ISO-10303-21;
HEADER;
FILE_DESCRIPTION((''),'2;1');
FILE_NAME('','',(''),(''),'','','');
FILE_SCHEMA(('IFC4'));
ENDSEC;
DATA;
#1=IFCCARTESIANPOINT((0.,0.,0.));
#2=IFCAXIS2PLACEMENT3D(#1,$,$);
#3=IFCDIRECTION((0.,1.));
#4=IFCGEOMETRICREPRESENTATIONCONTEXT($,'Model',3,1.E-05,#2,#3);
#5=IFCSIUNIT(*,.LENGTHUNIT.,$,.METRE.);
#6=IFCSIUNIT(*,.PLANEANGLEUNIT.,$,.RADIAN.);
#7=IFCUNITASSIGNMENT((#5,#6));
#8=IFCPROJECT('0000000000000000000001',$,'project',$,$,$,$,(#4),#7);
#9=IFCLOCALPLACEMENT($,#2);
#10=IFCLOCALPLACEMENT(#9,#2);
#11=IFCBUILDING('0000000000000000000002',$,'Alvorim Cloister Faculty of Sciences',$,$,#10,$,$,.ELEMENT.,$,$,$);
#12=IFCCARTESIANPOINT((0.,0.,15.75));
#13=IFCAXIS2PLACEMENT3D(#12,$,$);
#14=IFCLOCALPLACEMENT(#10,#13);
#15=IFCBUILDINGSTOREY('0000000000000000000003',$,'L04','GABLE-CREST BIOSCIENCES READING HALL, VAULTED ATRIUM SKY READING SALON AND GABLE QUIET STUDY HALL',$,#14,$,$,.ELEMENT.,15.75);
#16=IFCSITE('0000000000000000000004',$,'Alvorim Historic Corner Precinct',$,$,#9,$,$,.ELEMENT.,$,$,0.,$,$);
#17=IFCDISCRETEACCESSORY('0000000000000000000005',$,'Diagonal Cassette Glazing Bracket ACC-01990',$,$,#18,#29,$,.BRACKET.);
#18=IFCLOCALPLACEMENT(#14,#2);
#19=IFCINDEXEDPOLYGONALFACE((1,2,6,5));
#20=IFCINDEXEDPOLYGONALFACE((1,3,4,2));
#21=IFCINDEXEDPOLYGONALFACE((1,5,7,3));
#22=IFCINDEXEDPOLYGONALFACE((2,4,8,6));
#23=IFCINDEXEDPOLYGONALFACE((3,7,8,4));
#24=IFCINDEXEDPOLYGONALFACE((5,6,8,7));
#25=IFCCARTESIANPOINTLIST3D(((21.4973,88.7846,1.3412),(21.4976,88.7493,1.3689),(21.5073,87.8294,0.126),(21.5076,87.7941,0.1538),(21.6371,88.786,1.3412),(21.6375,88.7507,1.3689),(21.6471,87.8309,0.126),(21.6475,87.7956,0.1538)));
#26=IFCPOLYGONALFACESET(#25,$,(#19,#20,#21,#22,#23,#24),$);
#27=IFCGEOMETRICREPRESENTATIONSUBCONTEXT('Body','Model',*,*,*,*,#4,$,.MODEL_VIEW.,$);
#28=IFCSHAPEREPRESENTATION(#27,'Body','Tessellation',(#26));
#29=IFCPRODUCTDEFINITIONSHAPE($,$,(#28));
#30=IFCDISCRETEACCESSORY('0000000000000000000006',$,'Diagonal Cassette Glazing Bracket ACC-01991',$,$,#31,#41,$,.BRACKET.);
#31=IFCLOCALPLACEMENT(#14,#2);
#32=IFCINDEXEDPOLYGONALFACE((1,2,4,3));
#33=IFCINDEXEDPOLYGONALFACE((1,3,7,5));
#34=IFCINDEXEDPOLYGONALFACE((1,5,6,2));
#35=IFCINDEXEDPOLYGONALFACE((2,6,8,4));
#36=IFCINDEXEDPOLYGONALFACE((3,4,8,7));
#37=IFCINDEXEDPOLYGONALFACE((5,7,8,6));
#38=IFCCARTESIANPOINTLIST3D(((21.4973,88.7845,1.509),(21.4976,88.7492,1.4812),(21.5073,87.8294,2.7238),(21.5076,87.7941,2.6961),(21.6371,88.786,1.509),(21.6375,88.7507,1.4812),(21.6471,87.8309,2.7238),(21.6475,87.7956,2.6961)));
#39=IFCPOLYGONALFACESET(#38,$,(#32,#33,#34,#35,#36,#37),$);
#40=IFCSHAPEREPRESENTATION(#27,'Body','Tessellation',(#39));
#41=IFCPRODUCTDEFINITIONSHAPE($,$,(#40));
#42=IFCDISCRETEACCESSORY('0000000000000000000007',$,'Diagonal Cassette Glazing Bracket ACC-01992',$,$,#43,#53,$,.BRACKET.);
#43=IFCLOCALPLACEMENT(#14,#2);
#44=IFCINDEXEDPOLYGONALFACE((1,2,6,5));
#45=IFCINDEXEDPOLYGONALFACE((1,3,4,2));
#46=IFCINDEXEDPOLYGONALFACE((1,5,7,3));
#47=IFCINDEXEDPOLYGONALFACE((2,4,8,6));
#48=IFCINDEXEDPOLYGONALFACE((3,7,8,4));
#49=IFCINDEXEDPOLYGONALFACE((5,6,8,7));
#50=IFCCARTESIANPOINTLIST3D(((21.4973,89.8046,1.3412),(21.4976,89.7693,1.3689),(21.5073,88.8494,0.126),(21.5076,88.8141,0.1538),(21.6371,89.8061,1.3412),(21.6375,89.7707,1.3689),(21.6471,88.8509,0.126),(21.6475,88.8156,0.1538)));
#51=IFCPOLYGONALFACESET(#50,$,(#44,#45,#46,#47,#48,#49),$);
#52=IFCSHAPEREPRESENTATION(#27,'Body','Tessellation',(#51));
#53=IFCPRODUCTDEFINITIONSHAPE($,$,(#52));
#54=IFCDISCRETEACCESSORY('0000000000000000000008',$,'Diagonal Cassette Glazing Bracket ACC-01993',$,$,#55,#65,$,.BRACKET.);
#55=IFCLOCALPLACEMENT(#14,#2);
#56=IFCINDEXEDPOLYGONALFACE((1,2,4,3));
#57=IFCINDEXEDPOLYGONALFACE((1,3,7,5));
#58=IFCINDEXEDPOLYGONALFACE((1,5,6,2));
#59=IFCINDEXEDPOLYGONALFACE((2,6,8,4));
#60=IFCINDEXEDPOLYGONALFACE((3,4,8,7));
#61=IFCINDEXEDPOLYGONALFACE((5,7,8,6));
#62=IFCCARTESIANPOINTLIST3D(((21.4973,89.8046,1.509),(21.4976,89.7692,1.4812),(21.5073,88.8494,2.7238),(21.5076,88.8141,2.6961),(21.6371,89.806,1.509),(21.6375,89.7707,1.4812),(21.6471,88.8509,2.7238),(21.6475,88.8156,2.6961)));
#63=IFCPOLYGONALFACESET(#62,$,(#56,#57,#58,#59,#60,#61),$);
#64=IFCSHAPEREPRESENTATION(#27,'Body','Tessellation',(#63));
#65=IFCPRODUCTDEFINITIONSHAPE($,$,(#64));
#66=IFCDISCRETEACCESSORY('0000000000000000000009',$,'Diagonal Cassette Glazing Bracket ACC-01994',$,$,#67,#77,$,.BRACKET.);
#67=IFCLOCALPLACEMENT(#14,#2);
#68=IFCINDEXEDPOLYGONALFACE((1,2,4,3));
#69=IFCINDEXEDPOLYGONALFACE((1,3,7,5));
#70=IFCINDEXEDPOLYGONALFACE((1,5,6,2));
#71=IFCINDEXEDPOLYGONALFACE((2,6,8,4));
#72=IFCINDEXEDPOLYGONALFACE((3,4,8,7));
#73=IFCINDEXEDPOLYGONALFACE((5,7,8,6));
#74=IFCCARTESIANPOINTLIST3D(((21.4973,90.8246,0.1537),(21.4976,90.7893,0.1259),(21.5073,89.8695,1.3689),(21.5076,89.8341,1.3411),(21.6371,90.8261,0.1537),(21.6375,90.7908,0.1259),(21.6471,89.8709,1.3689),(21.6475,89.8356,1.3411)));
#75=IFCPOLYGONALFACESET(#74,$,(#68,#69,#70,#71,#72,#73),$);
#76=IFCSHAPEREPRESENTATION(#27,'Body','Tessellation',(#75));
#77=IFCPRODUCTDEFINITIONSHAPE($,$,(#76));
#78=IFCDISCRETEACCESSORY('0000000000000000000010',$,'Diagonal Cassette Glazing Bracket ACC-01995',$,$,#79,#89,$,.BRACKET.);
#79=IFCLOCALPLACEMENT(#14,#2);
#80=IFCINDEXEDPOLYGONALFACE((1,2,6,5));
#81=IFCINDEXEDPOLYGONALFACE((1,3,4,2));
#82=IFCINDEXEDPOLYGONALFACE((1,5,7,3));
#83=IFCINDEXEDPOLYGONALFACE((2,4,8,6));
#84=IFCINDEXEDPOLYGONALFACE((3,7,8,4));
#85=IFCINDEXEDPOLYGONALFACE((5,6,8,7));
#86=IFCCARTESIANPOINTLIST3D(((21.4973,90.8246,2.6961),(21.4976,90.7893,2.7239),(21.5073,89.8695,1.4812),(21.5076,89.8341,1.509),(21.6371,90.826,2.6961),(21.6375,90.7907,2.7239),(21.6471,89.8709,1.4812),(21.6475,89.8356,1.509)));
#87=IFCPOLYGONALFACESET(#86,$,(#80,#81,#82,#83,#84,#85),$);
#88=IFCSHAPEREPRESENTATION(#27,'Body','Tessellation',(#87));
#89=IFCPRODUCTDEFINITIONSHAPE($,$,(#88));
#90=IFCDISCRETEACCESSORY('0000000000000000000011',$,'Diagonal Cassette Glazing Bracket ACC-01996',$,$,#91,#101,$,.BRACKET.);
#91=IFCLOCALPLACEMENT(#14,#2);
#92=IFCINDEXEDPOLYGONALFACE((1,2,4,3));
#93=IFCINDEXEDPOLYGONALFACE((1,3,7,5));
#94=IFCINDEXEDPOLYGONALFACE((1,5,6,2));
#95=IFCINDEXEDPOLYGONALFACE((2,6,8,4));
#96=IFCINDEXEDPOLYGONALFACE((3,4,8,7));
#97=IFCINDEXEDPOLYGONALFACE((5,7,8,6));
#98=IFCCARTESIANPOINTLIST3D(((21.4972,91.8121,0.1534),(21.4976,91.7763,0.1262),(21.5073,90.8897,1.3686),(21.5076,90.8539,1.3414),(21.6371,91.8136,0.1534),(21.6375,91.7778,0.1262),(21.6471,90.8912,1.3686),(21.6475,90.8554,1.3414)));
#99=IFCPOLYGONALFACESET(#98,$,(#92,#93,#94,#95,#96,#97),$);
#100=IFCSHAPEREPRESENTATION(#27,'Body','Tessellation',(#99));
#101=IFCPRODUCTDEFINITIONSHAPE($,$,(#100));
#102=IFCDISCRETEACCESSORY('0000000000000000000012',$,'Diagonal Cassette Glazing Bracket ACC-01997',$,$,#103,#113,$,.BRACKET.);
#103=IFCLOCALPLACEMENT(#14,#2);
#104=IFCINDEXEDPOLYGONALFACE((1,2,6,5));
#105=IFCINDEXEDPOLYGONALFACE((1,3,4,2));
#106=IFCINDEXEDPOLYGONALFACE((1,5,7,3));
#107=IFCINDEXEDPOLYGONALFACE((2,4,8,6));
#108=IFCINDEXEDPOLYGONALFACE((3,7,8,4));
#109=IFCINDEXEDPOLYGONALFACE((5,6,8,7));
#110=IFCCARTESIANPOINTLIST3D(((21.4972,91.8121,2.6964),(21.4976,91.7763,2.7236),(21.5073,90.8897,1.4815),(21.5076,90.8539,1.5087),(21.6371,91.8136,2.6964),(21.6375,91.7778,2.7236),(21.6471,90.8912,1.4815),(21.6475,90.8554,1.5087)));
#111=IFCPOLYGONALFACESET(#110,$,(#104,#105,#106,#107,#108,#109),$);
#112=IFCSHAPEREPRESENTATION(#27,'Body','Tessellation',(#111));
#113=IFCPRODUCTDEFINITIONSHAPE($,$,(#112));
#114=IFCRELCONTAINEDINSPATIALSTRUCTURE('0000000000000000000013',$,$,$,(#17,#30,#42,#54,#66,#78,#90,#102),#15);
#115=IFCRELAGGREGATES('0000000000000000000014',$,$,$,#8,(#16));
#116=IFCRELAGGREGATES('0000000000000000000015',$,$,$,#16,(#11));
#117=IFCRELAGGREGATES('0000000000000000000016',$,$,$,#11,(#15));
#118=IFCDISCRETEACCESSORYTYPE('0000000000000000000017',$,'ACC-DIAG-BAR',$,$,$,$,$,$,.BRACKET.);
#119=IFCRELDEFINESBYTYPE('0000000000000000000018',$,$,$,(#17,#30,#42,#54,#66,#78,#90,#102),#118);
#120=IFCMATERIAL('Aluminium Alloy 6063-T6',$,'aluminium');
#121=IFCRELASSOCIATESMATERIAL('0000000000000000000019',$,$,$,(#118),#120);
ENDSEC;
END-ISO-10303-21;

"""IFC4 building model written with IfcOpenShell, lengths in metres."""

from ifc_helpers import new_model, si_unit, direction, frame, origin, origin_2d, place, context, subcontext, project, spatial, rectangle, extrude, material, type_object, element, save


model = new_model("IFC4")

# Units and contexts
model_context = context("Model", 3, precision=1e-05, world=origin(), true_north=direction((0.0, 1.0)))
body_context = subcontext(model_context, "Body", "Model", "MODEL_VIEW")
ifc_project = project(units=[si_unit("LENGTHUNIT", "METRE"), si_unit("PLANEANGLEUNIT", "RADIAN")], contexts=[model_context])

# Site, building, storey
site_placement = place(None, origin())
site = spatial("IfcSite", under=ifc_project, at=site_placement, Name="Alvorim Historic Corner Precinct", CompositionType="ELEMENT", RefElevation=0.0)
building_placement = place(site_placement, origin())
building = spatial("IfcBuilding", under=site, at=building_placement, Name="Alvorim Cloister Faculty of Sciences", CompositionType="ELEMENT")
storey_placement = place(building_placement, frame((0.0, 0.0, 15.75)))
storey = spatial("IfcBuildingStorey", under=building, at=storey_placement, Name="L04", Description="GABLE-CREST BIOSCIENCES READING HALL, VAULTED ATRIUM SKY READING SALON AND GABLE QUIET STUDY HALL", CompositionType="ELEMENT", Elevation=15.75)

# Shared definitions
ifc_material_1 = material(Name="Aluminium Alloy 6063-T6", Category="aluminium")

# Discrete accessories
discrete_accessory_type = type_object("IfcDiscreteAccessoryType", Name="ACC-DIAG-BAR", PredefinedType="BRACKET", material=ifc_material_1)
discrete_accessory_1_placement = place(storey_placement, frame((21.5774, 87.8125, 0.1399), z_axis=(-0.006477, 0.617955, 0.786187), x_axis=(-0.999945, -0.01048, 0.0)))
element("IfcDiscreteAccessory", 1, at=discrete_accessory_1_placement, inside=storey, type_object=discrete_accessory_type, Name="Diagonal Cassette Glazing Bracket ACC-01990", PredefinedType="BRACKET", context=body_context, shape_type="SweptSolid", body=[
    extrude(rectangle(XDim=0.1399, YDim=0.0449, at=origin_2d()), origin(), (0.0, 0.0, 1.0), 1.5457),
])
discrete_accessory_2_placement = place(storey_placement, frame((21.5774, 87.8125, 2.71), z_axis=(-0.006477, 0.618032, -0.786126), x_axis=(-0.999945, -0.01048, 0.0)))
element("IfcDiscreteAccessory", 2, at=discrete_accessory_2_placement, inside=storey, type_object=discrete_accessory_type, Name="Diagonal Cassette Glazing Bracket ACC-01991", PredefinedType="BRACKET", context=body_context, shape_type="SweptSolid", body=[
    extrude(rectangle(XDim=0.1399, YDim=0.0449, at=origin_2d()), origin(), (0.0, 0.0, 1.0), 1.5454),
])
discrete_accessory_3_placement = place(storey_placement, frame((21.5774, 88.8325, 0.1399), z_axis=(-0.006477, 0.617955, 0.786187), x_axis=(-0.999945, -0.01048, 0.0)))
element("IfcDiscreteAccessory", 3, at=discrete_accessory_3_placement, inside=storey, type_object=discrete_accessory_type, Name="Diagonal Cassette Glazing Bracket ACC-01992", PredefinedType="BRACKET", context=body_context, shape_type="SweptSolid", body=[
    extrude(rectangle(XDim=0.1399, YDim=0.0449, at=origin_2d()), origin(), (0.0, 0.0, 1.0), 1.5457),
])
discrete_accessory_4_placement = place(storey_placement, frame((21.5774, 88.8325, 2.71), z_axis=(-0.006477, 0.618032, -0.786126), x_axis=(-0.999945, -0.01048, 0.0)))
element("IfcDiscreteAccessory", 4, at=discrete_accessory_4_placement, inside=storey, type_object=discrete_accessory_type, Name="Diagonal Cassette Glazing Bracket ACC-01993", PredefinedType="BRACKET", context=body_context, shape_type="SweptSolid", body=[
    extrude(rectangle(XDim=0.1399, YDim=0.0449, at=origin_2d()), origin(), (0.0, 0.0, 1.0), 1.5454),
])
discrete_accessory_5_placement = place(storey_placement, frame((21.5774, 89.8525, 1.355), z_axis=(-0.006477, 0.617955, -0.786187), x_axis=(-0.999945, -0.01048, 0.0)))
element("IfcDiscreteAccessory", 5, at=discrete_accessory_5_placement, inside=storey, type_object=discrete_accessory_type, Name="Diagonal Cassette Glazing Bracket ACC-01994", PredefinedType="BRACKET", context=body_context, shape_type="SweptSolid", body=[
    extrude(rectangle(XDim=0.1399, YDim=0.0449, at=origin_2d()), origin(), (0.0, 0.0, 1.0), 1.5457),
])
discrete_accessory_6_placement = place(storey_placement, frame((21.5774, 89.8525, 1.4951), z_axis=(-0.006477, 0.618032, 0.786126), x_axis=(-0.999945, -0.01048, 0.0)))
element("IfcDiscreteAccessory", 6, at=discrete_accessory_6_placement, inside=storey, type_object=discrete_accessory_type, Name="Diagonal Cassette Glazing Bracket ACC-01995", PredefinedType="BRACKET", context=body_context, shape_type="SweptSolid", body=[
    extrude(rectangle(XDim=0.1399, YDim=0.0449, at=origin_2d()), origin(), (0.0, 0.0, 1.0), 1.5454),
])
discrete_accessory_7_placement = place(storey_placement, frame((21.5774, 90.8726, 1.355), z_axis=(-0.006561, 0.604612, -0.796493), x_axis=(-0.999941, -0.010852, 0.0)))
element("IfcDiscreteAccessory", 7, at=discrete_accessory_7_placement, inside=storey, type_object=discrete_accessory_type, Name="Diagonal Cassette Glazing Bracket ACC-01996", PredefinedType="BRACKET", context=body_context, shape_type="SweptSolid", body=[
    extrude(rectangle(XDim=0.1399, YDim=0.0449, at=origin_2d()), origin(), (0.0, 0.0, 1.0), 1.5256),
])
discrete_accessory_8_placement = place(storey_placement, frame((21.5774, 90.8726, 1.4951), z_axis=(-0.006562, 0.604689, 0.796435), x_axis=(-0.999941, -0.010852, 0.0)))
element("IfcDiscreteAccessory", 8, at=discrete_accessory_8_placement, inside=storey, type_object=discrete_accessory_type, Name="Diagonal Cassette Glazing Bracket ACC-01997", PredefinedType="BRACKET", context=body_context, shape_type="SweptSolid", body=[
    extrude(rectangle(XDim=0.1399, YDim=0.0449, at=origin_2d()), origin(), (0.0, 0.0, 1.0), 1.5254),
])

save(model, "model.ifc")
